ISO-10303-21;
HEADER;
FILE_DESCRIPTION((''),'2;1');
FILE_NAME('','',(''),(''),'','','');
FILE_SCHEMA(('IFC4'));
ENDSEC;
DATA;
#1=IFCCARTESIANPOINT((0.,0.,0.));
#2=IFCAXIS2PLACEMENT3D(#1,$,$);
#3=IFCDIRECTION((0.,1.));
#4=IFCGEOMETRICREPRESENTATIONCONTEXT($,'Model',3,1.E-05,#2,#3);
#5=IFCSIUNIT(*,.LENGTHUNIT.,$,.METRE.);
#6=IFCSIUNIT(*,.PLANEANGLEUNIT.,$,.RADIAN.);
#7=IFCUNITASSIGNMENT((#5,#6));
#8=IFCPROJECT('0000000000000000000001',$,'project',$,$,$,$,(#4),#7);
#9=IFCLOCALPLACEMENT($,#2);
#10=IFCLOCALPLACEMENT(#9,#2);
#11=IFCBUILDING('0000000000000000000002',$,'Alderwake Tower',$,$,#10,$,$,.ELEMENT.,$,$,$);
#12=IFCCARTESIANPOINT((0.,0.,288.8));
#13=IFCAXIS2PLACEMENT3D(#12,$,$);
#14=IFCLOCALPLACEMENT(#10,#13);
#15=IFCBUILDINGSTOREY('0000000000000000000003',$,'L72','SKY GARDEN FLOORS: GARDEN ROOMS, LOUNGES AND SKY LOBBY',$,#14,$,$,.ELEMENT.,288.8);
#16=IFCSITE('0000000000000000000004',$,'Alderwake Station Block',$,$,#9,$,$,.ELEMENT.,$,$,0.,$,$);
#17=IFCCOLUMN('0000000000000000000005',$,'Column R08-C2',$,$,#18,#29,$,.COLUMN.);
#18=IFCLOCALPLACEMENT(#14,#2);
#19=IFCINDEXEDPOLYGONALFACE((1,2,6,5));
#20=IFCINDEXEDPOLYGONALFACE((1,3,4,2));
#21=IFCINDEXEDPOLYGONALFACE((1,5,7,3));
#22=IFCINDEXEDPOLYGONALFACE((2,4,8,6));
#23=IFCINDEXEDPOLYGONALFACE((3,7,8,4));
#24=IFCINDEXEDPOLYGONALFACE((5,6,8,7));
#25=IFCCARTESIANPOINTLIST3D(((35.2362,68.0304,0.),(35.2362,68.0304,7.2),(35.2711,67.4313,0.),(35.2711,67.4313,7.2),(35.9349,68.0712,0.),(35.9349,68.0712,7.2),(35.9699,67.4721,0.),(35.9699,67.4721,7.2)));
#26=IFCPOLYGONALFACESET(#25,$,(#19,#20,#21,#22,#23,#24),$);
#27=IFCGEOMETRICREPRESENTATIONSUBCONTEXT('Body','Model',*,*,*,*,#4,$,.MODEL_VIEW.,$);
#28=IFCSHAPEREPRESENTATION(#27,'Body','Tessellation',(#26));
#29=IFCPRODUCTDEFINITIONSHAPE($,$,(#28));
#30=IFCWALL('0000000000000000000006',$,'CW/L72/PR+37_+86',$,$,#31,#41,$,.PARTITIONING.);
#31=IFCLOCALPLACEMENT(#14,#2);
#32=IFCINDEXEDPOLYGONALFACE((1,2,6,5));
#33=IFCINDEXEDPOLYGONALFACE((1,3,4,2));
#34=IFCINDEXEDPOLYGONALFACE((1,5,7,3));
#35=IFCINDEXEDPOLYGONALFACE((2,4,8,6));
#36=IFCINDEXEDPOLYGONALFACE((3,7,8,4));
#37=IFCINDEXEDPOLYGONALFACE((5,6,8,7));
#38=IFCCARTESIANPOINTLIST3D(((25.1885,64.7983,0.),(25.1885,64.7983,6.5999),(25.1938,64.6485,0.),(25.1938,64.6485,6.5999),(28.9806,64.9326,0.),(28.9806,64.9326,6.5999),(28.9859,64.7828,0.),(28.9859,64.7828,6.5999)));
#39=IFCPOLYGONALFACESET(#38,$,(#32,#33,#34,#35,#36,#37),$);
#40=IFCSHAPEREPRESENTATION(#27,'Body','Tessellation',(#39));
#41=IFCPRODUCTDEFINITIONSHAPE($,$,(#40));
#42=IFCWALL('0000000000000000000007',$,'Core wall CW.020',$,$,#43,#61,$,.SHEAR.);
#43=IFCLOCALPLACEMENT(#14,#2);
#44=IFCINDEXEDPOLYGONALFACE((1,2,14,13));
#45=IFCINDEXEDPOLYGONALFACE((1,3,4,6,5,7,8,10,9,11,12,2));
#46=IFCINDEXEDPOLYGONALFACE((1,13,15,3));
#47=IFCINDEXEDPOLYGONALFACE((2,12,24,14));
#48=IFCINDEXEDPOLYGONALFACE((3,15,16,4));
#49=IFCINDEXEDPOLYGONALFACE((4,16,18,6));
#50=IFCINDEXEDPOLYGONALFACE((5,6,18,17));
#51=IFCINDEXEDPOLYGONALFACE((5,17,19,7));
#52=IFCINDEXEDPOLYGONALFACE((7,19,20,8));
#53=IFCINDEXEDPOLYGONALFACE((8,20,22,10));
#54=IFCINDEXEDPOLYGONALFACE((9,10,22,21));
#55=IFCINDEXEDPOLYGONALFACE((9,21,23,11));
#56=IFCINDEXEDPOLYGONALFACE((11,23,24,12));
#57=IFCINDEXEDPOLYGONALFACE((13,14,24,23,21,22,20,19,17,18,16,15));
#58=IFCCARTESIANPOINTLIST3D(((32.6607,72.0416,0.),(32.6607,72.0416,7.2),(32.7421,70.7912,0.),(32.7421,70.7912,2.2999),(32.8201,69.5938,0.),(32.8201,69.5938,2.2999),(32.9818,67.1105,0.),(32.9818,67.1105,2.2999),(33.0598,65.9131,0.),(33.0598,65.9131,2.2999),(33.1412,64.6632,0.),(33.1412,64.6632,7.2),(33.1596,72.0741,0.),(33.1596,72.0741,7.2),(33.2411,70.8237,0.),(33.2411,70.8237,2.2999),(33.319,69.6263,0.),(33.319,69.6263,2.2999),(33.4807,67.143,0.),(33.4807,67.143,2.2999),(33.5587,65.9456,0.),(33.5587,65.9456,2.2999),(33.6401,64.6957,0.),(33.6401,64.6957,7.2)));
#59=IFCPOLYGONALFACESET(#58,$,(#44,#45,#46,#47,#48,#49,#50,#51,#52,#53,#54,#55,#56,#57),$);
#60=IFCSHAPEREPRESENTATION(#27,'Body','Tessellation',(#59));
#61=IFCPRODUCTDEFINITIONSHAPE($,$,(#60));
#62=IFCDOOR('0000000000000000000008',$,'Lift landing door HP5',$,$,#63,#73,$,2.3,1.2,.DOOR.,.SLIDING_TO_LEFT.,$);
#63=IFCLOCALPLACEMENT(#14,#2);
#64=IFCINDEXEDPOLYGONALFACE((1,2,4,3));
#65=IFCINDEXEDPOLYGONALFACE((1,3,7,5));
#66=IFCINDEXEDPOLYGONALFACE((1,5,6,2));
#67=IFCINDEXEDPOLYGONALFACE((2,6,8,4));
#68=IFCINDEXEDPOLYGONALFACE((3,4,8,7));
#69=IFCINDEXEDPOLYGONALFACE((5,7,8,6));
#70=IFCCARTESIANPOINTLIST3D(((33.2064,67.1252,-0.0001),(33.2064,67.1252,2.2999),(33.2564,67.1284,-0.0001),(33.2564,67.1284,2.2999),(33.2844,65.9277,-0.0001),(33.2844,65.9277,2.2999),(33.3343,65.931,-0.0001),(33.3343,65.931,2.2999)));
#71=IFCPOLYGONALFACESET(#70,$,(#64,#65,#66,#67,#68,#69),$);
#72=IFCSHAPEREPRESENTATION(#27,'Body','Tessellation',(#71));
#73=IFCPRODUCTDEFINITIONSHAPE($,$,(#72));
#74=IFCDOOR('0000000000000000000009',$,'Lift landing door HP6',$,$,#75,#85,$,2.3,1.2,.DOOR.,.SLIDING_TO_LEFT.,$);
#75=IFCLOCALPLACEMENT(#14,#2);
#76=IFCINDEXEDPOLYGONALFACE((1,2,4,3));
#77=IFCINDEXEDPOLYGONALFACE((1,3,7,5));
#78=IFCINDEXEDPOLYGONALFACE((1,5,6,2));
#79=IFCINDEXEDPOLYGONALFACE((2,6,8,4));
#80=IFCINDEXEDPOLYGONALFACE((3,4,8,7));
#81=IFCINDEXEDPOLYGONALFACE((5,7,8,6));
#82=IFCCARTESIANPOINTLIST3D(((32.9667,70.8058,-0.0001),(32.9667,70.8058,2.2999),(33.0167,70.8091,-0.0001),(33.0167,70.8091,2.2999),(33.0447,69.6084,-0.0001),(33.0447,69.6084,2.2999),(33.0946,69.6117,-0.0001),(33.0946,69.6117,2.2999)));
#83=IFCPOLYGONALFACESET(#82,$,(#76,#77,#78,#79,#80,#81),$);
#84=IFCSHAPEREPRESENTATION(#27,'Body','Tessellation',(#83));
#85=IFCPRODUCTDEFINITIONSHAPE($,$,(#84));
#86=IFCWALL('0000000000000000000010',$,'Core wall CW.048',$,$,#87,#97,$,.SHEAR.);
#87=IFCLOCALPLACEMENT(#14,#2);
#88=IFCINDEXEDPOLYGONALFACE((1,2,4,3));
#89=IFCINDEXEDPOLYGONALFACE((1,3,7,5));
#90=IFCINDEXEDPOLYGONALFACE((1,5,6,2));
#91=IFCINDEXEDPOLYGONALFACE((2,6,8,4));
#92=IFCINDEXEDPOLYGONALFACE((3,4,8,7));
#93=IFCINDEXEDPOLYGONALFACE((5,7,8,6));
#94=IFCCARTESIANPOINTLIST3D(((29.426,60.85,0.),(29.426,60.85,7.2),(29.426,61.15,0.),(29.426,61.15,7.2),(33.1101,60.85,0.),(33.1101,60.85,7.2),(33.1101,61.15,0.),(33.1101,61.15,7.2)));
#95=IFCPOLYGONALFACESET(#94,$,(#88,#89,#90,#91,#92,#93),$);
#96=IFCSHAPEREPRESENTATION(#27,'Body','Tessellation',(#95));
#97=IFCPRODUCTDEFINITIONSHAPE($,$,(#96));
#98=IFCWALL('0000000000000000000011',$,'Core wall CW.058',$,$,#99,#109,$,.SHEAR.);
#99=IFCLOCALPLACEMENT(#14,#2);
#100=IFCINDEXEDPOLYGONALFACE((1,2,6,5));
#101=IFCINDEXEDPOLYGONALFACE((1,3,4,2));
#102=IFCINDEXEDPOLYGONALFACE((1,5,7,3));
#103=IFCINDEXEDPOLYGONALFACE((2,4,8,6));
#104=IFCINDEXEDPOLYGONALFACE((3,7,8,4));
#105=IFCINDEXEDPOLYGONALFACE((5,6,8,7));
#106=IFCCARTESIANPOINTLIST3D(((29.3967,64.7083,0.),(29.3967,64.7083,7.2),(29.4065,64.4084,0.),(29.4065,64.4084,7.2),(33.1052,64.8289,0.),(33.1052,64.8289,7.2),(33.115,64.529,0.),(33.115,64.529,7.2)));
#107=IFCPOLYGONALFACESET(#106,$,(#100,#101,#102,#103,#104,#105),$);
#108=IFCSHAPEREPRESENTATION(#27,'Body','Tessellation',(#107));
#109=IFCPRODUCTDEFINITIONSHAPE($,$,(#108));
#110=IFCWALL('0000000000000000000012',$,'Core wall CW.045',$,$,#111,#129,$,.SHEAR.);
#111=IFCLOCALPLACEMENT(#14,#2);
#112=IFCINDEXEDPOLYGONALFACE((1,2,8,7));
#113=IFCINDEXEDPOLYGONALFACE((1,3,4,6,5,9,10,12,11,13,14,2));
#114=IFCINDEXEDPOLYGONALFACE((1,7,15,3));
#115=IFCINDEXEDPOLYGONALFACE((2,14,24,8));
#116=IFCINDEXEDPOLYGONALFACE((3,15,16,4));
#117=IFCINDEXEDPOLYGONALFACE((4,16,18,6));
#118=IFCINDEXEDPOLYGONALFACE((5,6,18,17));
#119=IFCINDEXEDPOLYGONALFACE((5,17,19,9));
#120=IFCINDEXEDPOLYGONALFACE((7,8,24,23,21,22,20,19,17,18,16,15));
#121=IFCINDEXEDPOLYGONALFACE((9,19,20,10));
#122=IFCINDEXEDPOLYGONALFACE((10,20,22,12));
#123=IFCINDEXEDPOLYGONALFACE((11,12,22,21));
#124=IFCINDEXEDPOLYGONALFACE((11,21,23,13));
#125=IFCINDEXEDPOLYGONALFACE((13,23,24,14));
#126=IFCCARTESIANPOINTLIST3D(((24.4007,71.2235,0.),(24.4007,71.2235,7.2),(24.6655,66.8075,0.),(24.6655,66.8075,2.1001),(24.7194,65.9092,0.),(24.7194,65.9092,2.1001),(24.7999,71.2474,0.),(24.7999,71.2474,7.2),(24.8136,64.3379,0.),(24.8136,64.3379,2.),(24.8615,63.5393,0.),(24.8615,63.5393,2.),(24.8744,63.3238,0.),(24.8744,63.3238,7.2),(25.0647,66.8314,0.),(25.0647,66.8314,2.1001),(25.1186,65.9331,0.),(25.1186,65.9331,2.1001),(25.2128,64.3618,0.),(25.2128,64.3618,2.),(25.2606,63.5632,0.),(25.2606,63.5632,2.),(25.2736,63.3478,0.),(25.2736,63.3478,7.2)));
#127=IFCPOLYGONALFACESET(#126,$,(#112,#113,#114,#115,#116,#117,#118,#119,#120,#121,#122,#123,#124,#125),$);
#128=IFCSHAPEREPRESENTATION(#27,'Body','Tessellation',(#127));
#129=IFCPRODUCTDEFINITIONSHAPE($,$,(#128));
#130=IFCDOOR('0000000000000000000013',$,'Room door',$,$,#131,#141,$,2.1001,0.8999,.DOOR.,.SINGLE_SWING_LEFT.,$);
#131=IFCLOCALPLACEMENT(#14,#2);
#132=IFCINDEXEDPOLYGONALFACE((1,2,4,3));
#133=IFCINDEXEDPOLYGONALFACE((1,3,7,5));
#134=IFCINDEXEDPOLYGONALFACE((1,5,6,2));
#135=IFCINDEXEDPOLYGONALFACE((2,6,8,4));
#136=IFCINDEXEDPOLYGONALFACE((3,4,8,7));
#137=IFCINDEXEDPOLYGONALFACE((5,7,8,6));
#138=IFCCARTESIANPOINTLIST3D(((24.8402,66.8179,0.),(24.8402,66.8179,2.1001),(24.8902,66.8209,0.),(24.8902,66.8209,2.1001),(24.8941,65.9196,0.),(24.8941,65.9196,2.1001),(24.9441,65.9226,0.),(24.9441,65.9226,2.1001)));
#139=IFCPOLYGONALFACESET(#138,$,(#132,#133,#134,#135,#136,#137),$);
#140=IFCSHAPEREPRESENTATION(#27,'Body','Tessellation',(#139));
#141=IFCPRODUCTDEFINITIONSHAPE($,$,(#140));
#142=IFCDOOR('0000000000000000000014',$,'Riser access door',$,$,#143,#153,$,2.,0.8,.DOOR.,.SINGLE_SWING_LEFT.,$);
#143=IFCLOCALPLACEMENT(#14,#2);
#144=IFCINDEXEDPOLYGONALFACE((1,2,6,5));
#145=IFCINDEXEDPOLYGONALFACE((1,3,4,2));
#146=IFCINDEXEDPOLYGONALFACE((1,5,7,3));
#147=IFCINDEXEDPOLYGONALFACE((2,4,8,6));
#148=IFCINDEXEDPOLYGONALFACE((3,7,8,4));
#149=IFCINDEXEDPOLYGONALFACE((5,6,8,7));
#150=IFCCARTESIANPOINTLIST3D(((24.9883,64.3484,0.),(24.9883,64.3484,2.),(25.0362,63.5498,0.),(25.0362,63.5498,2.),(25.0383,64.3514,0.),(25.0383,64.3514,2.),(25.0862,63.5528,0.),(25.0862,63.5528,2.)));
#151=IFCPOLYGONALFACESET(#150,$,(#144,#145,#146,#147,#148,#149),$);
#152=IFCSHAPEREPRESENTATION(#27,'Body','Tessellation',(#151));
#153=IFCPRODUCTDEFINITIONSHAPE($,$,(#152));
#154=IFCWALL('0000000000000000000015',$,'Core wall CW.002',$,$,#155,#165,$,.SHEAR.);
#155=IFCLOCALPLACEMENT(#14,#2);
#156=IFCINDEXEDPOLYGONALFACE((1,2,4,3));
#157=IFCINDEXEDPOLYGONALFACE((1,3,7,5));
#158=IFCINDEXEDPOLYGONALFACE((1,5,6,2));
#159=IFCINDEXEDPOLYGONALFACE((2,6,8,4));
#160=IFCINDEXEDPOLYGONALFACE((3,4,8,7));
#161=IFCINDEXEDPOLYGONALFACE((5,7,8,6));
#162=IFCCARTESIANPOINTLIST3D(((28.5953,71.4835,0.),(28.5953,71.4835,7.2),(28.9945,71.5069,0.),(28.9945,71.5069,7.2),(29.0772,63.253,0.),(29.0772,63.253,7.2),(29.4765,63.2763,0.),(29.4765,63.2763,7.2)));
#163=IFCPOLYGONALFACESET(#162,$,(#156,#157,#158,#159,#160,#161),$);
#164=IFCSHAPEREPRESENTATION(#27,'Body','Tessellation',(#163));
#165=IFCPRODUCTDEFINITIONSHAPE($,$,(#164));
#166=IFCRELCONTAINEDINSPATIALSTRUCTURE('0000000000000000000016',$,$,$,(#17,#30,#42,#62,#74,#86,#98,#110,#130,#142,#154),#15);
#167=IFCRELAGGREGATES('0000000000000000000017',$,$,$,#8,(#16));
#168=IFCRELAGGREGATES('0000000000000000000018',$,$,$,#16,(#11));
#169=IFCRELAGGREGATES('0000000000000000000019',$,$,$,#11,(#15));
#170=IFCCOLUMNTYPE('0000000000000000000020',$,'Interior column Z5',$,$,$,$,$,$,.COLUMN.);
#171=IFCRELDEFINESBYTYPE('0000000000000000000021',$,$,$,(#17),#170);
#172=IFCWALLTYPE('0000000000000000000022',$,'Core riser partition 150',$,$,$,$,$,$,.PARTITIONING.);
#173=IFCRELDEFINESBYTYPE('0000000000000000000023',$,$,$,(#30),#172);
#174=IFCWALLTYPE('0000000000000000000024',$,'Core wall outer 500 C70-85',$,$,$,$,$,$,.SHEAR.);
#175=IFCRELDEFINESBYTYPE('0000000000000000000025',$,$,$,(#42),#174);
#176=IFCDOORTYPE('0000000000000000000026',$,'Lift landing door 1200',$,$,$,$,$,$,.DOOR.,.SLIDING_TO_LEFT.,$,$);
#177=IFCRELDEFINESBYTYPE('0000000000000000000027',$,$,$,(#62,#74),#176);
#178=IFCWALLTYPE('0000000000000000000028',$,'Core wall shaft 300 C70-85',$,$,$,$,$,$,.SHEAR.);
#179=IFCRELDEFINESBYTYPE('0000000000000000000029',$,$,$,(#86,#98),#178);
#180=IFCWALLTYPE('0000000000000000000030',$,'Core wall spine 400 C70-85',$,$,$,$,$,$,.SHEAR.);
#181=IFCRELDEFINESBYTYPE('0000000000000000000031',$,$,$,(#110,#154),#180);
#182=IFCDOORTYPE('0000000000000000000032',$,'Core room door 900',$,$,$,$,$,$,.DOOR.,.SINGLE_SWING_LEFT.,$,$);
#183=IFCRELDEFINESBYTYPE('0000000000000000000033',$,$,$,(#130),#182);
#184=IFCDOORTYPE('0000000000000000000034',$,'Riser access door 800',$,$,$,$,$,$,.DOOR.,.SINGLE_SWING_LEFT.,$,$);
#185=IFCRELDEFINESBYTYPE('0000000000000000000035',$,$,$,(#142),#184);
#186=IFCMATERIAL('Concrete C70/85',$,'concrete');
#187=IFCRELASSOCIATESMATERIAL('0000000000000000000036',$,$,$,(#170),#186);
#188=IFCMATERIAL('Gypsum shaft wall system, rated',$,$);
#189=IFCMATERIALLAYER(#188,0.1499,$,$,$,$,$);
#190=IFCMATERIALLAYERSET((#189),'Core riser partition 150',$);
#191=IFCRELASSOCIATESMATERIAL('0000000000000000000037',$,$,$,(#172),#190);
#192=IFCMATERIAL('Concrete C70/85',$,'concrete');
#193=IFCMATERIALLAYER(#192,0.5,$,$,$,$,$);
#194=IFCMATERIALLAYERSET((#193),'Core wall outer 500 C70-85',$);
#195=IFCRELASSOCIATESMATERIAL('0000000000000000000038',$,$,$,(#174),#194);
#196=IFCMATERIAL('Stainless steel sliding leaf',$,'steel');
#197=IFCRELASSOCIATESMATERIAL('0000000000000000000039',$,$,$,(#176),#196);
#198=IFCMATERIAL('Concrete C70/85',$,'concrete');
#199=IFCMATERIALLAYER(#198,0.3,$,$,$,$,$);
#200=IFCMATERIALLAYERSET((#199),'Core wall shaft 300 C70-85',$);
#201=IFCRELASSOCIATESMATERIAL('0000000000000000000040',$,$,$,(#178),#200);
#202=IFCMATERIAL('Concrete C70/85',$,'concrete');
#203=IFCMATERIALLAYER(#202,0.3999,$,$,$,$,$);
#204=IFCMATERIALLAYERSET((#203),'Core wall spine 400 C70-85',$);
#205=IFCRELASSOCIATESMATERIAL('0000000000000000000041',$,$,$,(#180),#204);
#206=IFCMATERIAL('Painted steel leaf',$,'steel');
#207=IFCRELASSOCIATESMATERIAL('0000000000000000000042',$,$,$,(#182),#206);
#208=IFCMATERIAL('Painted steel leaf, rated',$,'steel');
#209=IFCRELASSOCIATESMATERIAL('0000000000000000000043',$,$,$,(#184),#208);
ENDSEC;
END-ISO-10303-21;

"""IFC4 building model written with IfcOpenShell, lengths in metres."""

from ifc_helpers import new_model, si_unit, direction, frame, frame_2d, origin, origin_2d, place, context, subcontext, project, spatial, rectangle, extrude, material, layer, layer_set, material_profile, profile_set, type_object, element, fill, save


model = new_model("IFC4")

# Units and contexts
model_context = context("Model", 3, precision=1e-05, world=origin(), true_north=direction((0.0, 1.0)))
body_context = subcontext(model_context, "Body", "Model", "MODEL_VIEW")
ifc_project = project(units=[si_unit("LENGTHUNIT", "METRE"), si_unit("PLANEANGLEUNIT", "RADIAN")], contexts=[model_context])

# Site, building, storey
site_placement = place(None, origin())
site = spatial("IfcSite", under=ifc_project, at=site_placement, Name="Alderwake Station Block", CompositionType="ELEMENT", RefElevation=0.0)
building_placement = place(site_placement, origin())
building = spatial("IfcBuilding", under=site, at=building_placement, Name="Alderwake Tower", CompositionType="ELEMENT")
storey_placement = place(building_placement, frame((0.0, 0.0, 288.8)))
storey = spatial("IfcBuildingStorey", under=building, at=storey_placement, Name="L72", Description="SKY GARDEN FLOORS: GARDEN ROOMS, LOUNGES AND SKY LOBBY", CompositionType="ELEMENT", Elevation=288.8)

# Column
ifc_material_1 = material(Name="Concrete C70/85", Category="concrete")
ifc_material_profile = material_profile(ifc_material_1, rectangle(XDim=0.6001, YDim=0.7, at=origin_2d()), Name="RC 700X600")
ifc_profile_set = profile_set([ifc_material_profile], Name="Concrete C70/85")
column_type = type_object("IfcColumnType", Name="Interior column Z5", PredefinedType="COLUMN", material=ifc_profile_set)
column_placement = place(storey_placement, frame((35.603, 67.7512, 0.0), z_axis=(0.0, 0.0, 1.0), x_axis=(-0.058301, 0.998299, 0.0)))
element("IfcColumn", 1, at=column_placement, inside=storey, type_object=column_type, Name="Column R08-C2", PredefinedType="COLUMN", context=body_context, shape_type="SweptSolid", body=[
    extrude(rectangle(XDim=0.6001, YDim=0.7, at=origin_2d()), origin(), (0.0, 0.0, 1.0), 7.2),
])

# Wall
ifc_material_2 = material(Name="Gypsum shaft wall system, rated")
ifc_layer_1 = layer(ifc_material_2, 0.1499)
ifc_layer_set_1 = layer_set([ifc_layer_1], Name="Core riser partition 150")
wall_type_1 = type_object("IfcWallType", Name="Core riser partition 150", PredefinedType="PARTITIONING", material=ifc_layer_set_1)
wall_1_placement = place(storey_placement, frame((25.1912, 64.7234, 0.0), z_axis=(0.0, 0.0, 1.0), x_axis=(0.999374, 0.035389, 0.0)))
element("IfcWall", 2, at=wall_1_placement, inside=storey, type_object=wall_type_1, Name="CW/L72/PR+37_+86", PredefinedType="PARTITIONING", context=body_context, shape_type="SweptSolid", body=[
    extrude(rectangle(XDim=3.7944, YDim=0.1499, at=frame_2d((1.8972, 0.0))), origin(), (0.0, 0.0, 1.0), 6.5999),
])

# Wall, openings, doors
ifc_material_3 = material(Name="Concrete C70/85", Category="concrete")
ifc_layer_2 = layer(ifc_material_3, 0.5)
ifc_layer_set_2 = layer_set([ifc_layer_2], Name="Core wall outer 500 C70-85")
wall_type_2 = type_object("IfcWallType", Name="Core wall outer 500 C70-85", PredefinedType="SHEAR", material=ifc_layer_set_2)
wall_2_placement = place(storey_placement, frame((33.3906, 64.6794, 0.0), z_axis=(0.0, 0.0, 1.0), x_axis=(-0.064981, 0.997887, 0.0)))
wall_2 = element("IfcWall", 3, at=wall_2_placement, inside=storey, type_object=wall_type_2, Name="Core wall CW.020", PredefinedType="SHEAR", context=body_context, shape_type="SweptSolid", body=[
    extrude(rectangle(XDim=7.394, YDim=0.5, at=frame_2d((3.697, 0.0))), origin(), (0.0, 0.0, 1.0), 7.2),
])
opening_1_placement = place(wall_2_placement, frame((1.2524, 0.0, 0.0)))
opening_1 = element("IfcOpeningElement", 4, at=opening_1_placement, cuts=wall_2, PredefinedType="OPENING", context=body_context, shape_type="SweptSolid", body=[
    extrude(rectangle(XDim=1.2, YDim=2.3, at=frame_2d((0.6001, 1.1499))), frame((0.0, 0.26, 0.0), z_axis=(0.0, -1.0, 0.0), x_axis=(1.0, 0.0, 0.0)), (0.0, 0.0, 1.0), 0.52),
])
opening_2_placement = place(wall_2_placement, frame((4.9409, 0.0, 0.0)))
opening_2 = element("IfcOpeningElement", 5, at=opening_2_placement, cuts=wall_2, PredefinedType="OPENING", context=body_context, shape_type="SweptSolid", body=[
    extrude(rectangle(XDim=1.2, YDim=2.3, at=frame_2d((0.6001, 1.1499))), frame((0.0, 0.26, 0.0), z_axis=(0.0, -1.0, 0.0), x_axis=(1.0, 0.0, 0.0)), (0.0, 0.0, 1.0), 0.52),
])
ifc_material_4 = material(Name="Stainless steel sliding leaf", Category="steel")
door_type_1 = type_object("IfcDoorType", Name="Lift landing door 1200", OperationType="SLIDING_TO_LEFT", PredefinedType="DOOR", material=ifc_material_4)
door_1_placement = place(opening_1_placement, origin())
door_1 = element("IfcDoor", 6, at=door_1_placement, inside=storey, type_object=door_type_1, Name="Lift landing door HP5", OperationType="SLIDING_TO_LEFT", OverallHeight=2.3, OverallWidth=1.2, PredefinedType="DOOR", context=body_context, shape_type="SweptSolid", body=[
    extrude(rectangle(XDim=1.2, YDim=2.3, at=frame_2d((0.6001, 1.1499))), frame((0.0, 0.0249, 0.0), z_axis=(0.0, -1.0, 0.0), x_axis=(1.0, 0.0, 0.0)), (0.0, 0.0, 1.0), 0.05),
])
fill(opening_1, door_1)
door_2_placement = place(opening_2_placement, origin())
door_2 = element("IfcDoor", 7, at=door_2_placement, inside=storey, type_object=door_type_1, Name="Lift landing door HP6", OperationType="SLIDING_TO_LEFT", OverallHeight=2.3, OverallWidth=1.2, PredefinedType="DOOR", context=body_context, shape_type="SweptSolid", body=[
    extrude(rectangle(XDim=1.2, YDim=2.3, at=frame_2d((0.6001, 1.1499))), frame((0.0, 0.0249, 0.0), z_axis=(0.0, -1.0, 0.0), x_axis=(1.0, 0.0, 0.0)), (0.0, 0.0, 1.0), 0.05),
])
fill(opening_2, door_2)

# Walls
ifc_material_5 = material(Name="Concrete C70/85", Category="concrete")
ifc_layer_3 = layer(ifc_material_5, 0.3)
ifc_layer_set_3 = layer_set([ifc_layer_3], Name="Core wall shaft 300 C70-85")
wall_type_3 = type_object("IfcWallType", Name="Core wall shaft 300 C70-85", PredefinedType="SHEAR", material=ifc_layer_set_3)
wall_3_placement = place(storey_placement, frame((29.426, 61.0, 0.0), z_axis=(0.0, 0.0, 1.0), x_axis=(1.0, 0.0, 0.0)))
element("IfcWall", 8, at=wall_3_placement, inside=storey, type_object=wall_type_3, Name="Core wall CW.048", PredefinedType="SHEAR", context=body_context, shape_type="SweptSolid", body=[
    extrude(rectangle(XDim=3.6841, YDim=0.3, at=frame_2d((1.842, 0.0))), origin(), (0.0, 0.0, 1.0), 7.2),
])
wall_4_placement = place(storey_placement, frame((29.4016, 64.5583, 0.0), z_axis=(0.0, 0.0, 1.0), x_axis=(0.999472, 0.032504, 0.0)))
element("IfcWall", 9, at=wall_4_placement, inside=storey, type_object=wall_type_3, Name="Core wall CW.058", PredefinedType="SHEAR", context=body_context, shape_type="SweptSolid", body=[
    extrude(rectangle(XDim=3.7104, YDim=0.3, at=frame_2d((1.8552, 0.0))), origin(), (0.0, 0.0, 1.0), 7.2),
])

# Wall, openings, doors
ifc_material_6 = material(Name="Concrete C70/85", Category="concrete")
ifc_layer_4 = layer(ifc_material_6, 0.3999)
ifc_layer_set_4 = layer_set([ifc_layer_4], Name="Core wall spine 400 C70-85")
wall_type_4 = type_object("IfcWallType", Name="Core wall spine 400 C70-85", PredefinedType="SHEAR", material=ifc_layer_set_4)
wall_5_placement = place(storey_placement, frame((25.074, 63.3357, 0.0), z_axis=(0.0, 0.0, 1.0), x_axis=(-0.059849, 0.998207, 0.0)))
wall_5 = element("IfcWall", 10, at=wall_5_placement, inside=storey, type_object=wall_type_4, Name="Core wall CW.045", PredefinedType="SHEAR", context=body_context, shape_type="SweptSolid", body=[
    extrude(rectangle(XDim=7.9138, YDim=0.3999, at=frame_2d((3.957, 0.0))), origin(), (0.0, 0.0, 1.0), 7.2),
])
opening_3_placement = place(wall_5_placement, frame((0.2161, 0.0, 0.0)))
opening_3 = element("IfcOpeningElement", 11, at=opening_3_placement, cuts=wall_5, PredefinedType="OPENING", context=body_context, shape_type="SweptSolid", body=[
    extrude(rectangle(XDim=0.8, YDim=2.0, at=frame_2d((0.3999, 1.0))), frame((0.0, 0.21, 0.0), z_axis=(0.0, -1.0, 0.0), x_axis=(1.0, 0.0, 0.0)), (0.0, 0.0, 1.0), 0.4199),
])
opening_4_placement = place(wall_5_placement, frame((2.5901, 0.0, 0.0)))
opening_4 = element("IfcOpeningElement", 12, at=opening_4_placement, cuts=wall_5, PredefinedType="OPENING", context=body_context, shape_type="SweptSolid", body=[
    extrude(rectangle(XDim=0.8999, YDim=2.1001, at=frame_2d((0.45, 1.05))), frame((0.0, 0.21, 0.0), z_axis=(0.0, -1.0, 0.0), x_axis=(1.0, 0.0, 0.0)), (0.0, 0.0, 1.0), 0.4199),
])
ifc_material_7 = material(Name="Painted steel leaf", Category="steel")
door_type_2 = type_object("IfcDoorType", Name="Core room door 900", OperationType="SINGLE_SWING_LEFT", PredefinedType="DOOR", material=ifc_material_7)
door_3_placement = place(opening_4_placement, origin())
door_3 = element("IfcDoor", 13, at=door_3_placement, inside=storey, type_object=door_type_2, Name="Room door", OperationType="SINGLE_SWING_LEFT", OverallHeight=2.1001, OverallWidth=0.8999, PredefinedType="DOOR", context=body_context, shape_type="SweptSolid", body=[
    extrude(rectangle(XDim=0.8999, YDim=2.1001, at=frame_2d((0.45, 1.05))), frame((0.0, 0.0249, 0.0), z_axis=(0.0, -1.0, 0.0), x_axis=(1.0, 0.0, 0.0)), (0.0, 0.0, 1.0), 0.05),
])
fill(opening_4, door_3)
ifc_material_8 = material(Name="Painted steel leaf, rated", Category="steel")
door_type_3 = type_object("IfcDoorType", Name="Riser access door 800", OperationType="SINGLE_SWING_LEFT", PredefinedType="DOOR", material=ifc_material_8)
door_4_placement = place(opening_3_placement, origin())
door_4 = element("IfcDoor", 14, at=door_4_placement, inside=storey, type_object=door_type_3, Name="Riser access door", OperationType="SINGLE_SWING_LEFT", OverallHeight=2.0, OverallWidth=0.8, PredefinedType="DOOR", context=body_context, shape_type="SweptSolid", body=[
    extrude(rectangle(XDim=0.8, YDim=2.0, at=frame_2d((0.3999, 1.0))), frame((0.0, 0.0249, 0.0), z_axis=(0.0, -1.0, 0.0), x_axis=(1.0, 0.0, 0.0)), (0.0, 0.0, 1.0), 0.05),
])
fill(opening_3, door_4)

# Wall
wall_6_placement = place(storey_placement, frame((29.2769, 63.2646, 0.0), z_axis=(0.0, 0.0, 1.0), x_axis=(-0.058455, 0.99829, 0.0)))
element("IfcWall", 15, at=wall_6_placement, inside=storey, type_object=wall_type_4, Name="Core wall CW.002", PredefinedType="SHEAR", context=body_context, shape_type="SweptSolid", body=[
    extrude(rectangle(XDim=8.2446, YDim=0.3999, at=frame_2d((4.1223, 0.0))), origin(), (0.0, 0.0, 1.0), 7.2),
])

save(model, "model.ifc")
